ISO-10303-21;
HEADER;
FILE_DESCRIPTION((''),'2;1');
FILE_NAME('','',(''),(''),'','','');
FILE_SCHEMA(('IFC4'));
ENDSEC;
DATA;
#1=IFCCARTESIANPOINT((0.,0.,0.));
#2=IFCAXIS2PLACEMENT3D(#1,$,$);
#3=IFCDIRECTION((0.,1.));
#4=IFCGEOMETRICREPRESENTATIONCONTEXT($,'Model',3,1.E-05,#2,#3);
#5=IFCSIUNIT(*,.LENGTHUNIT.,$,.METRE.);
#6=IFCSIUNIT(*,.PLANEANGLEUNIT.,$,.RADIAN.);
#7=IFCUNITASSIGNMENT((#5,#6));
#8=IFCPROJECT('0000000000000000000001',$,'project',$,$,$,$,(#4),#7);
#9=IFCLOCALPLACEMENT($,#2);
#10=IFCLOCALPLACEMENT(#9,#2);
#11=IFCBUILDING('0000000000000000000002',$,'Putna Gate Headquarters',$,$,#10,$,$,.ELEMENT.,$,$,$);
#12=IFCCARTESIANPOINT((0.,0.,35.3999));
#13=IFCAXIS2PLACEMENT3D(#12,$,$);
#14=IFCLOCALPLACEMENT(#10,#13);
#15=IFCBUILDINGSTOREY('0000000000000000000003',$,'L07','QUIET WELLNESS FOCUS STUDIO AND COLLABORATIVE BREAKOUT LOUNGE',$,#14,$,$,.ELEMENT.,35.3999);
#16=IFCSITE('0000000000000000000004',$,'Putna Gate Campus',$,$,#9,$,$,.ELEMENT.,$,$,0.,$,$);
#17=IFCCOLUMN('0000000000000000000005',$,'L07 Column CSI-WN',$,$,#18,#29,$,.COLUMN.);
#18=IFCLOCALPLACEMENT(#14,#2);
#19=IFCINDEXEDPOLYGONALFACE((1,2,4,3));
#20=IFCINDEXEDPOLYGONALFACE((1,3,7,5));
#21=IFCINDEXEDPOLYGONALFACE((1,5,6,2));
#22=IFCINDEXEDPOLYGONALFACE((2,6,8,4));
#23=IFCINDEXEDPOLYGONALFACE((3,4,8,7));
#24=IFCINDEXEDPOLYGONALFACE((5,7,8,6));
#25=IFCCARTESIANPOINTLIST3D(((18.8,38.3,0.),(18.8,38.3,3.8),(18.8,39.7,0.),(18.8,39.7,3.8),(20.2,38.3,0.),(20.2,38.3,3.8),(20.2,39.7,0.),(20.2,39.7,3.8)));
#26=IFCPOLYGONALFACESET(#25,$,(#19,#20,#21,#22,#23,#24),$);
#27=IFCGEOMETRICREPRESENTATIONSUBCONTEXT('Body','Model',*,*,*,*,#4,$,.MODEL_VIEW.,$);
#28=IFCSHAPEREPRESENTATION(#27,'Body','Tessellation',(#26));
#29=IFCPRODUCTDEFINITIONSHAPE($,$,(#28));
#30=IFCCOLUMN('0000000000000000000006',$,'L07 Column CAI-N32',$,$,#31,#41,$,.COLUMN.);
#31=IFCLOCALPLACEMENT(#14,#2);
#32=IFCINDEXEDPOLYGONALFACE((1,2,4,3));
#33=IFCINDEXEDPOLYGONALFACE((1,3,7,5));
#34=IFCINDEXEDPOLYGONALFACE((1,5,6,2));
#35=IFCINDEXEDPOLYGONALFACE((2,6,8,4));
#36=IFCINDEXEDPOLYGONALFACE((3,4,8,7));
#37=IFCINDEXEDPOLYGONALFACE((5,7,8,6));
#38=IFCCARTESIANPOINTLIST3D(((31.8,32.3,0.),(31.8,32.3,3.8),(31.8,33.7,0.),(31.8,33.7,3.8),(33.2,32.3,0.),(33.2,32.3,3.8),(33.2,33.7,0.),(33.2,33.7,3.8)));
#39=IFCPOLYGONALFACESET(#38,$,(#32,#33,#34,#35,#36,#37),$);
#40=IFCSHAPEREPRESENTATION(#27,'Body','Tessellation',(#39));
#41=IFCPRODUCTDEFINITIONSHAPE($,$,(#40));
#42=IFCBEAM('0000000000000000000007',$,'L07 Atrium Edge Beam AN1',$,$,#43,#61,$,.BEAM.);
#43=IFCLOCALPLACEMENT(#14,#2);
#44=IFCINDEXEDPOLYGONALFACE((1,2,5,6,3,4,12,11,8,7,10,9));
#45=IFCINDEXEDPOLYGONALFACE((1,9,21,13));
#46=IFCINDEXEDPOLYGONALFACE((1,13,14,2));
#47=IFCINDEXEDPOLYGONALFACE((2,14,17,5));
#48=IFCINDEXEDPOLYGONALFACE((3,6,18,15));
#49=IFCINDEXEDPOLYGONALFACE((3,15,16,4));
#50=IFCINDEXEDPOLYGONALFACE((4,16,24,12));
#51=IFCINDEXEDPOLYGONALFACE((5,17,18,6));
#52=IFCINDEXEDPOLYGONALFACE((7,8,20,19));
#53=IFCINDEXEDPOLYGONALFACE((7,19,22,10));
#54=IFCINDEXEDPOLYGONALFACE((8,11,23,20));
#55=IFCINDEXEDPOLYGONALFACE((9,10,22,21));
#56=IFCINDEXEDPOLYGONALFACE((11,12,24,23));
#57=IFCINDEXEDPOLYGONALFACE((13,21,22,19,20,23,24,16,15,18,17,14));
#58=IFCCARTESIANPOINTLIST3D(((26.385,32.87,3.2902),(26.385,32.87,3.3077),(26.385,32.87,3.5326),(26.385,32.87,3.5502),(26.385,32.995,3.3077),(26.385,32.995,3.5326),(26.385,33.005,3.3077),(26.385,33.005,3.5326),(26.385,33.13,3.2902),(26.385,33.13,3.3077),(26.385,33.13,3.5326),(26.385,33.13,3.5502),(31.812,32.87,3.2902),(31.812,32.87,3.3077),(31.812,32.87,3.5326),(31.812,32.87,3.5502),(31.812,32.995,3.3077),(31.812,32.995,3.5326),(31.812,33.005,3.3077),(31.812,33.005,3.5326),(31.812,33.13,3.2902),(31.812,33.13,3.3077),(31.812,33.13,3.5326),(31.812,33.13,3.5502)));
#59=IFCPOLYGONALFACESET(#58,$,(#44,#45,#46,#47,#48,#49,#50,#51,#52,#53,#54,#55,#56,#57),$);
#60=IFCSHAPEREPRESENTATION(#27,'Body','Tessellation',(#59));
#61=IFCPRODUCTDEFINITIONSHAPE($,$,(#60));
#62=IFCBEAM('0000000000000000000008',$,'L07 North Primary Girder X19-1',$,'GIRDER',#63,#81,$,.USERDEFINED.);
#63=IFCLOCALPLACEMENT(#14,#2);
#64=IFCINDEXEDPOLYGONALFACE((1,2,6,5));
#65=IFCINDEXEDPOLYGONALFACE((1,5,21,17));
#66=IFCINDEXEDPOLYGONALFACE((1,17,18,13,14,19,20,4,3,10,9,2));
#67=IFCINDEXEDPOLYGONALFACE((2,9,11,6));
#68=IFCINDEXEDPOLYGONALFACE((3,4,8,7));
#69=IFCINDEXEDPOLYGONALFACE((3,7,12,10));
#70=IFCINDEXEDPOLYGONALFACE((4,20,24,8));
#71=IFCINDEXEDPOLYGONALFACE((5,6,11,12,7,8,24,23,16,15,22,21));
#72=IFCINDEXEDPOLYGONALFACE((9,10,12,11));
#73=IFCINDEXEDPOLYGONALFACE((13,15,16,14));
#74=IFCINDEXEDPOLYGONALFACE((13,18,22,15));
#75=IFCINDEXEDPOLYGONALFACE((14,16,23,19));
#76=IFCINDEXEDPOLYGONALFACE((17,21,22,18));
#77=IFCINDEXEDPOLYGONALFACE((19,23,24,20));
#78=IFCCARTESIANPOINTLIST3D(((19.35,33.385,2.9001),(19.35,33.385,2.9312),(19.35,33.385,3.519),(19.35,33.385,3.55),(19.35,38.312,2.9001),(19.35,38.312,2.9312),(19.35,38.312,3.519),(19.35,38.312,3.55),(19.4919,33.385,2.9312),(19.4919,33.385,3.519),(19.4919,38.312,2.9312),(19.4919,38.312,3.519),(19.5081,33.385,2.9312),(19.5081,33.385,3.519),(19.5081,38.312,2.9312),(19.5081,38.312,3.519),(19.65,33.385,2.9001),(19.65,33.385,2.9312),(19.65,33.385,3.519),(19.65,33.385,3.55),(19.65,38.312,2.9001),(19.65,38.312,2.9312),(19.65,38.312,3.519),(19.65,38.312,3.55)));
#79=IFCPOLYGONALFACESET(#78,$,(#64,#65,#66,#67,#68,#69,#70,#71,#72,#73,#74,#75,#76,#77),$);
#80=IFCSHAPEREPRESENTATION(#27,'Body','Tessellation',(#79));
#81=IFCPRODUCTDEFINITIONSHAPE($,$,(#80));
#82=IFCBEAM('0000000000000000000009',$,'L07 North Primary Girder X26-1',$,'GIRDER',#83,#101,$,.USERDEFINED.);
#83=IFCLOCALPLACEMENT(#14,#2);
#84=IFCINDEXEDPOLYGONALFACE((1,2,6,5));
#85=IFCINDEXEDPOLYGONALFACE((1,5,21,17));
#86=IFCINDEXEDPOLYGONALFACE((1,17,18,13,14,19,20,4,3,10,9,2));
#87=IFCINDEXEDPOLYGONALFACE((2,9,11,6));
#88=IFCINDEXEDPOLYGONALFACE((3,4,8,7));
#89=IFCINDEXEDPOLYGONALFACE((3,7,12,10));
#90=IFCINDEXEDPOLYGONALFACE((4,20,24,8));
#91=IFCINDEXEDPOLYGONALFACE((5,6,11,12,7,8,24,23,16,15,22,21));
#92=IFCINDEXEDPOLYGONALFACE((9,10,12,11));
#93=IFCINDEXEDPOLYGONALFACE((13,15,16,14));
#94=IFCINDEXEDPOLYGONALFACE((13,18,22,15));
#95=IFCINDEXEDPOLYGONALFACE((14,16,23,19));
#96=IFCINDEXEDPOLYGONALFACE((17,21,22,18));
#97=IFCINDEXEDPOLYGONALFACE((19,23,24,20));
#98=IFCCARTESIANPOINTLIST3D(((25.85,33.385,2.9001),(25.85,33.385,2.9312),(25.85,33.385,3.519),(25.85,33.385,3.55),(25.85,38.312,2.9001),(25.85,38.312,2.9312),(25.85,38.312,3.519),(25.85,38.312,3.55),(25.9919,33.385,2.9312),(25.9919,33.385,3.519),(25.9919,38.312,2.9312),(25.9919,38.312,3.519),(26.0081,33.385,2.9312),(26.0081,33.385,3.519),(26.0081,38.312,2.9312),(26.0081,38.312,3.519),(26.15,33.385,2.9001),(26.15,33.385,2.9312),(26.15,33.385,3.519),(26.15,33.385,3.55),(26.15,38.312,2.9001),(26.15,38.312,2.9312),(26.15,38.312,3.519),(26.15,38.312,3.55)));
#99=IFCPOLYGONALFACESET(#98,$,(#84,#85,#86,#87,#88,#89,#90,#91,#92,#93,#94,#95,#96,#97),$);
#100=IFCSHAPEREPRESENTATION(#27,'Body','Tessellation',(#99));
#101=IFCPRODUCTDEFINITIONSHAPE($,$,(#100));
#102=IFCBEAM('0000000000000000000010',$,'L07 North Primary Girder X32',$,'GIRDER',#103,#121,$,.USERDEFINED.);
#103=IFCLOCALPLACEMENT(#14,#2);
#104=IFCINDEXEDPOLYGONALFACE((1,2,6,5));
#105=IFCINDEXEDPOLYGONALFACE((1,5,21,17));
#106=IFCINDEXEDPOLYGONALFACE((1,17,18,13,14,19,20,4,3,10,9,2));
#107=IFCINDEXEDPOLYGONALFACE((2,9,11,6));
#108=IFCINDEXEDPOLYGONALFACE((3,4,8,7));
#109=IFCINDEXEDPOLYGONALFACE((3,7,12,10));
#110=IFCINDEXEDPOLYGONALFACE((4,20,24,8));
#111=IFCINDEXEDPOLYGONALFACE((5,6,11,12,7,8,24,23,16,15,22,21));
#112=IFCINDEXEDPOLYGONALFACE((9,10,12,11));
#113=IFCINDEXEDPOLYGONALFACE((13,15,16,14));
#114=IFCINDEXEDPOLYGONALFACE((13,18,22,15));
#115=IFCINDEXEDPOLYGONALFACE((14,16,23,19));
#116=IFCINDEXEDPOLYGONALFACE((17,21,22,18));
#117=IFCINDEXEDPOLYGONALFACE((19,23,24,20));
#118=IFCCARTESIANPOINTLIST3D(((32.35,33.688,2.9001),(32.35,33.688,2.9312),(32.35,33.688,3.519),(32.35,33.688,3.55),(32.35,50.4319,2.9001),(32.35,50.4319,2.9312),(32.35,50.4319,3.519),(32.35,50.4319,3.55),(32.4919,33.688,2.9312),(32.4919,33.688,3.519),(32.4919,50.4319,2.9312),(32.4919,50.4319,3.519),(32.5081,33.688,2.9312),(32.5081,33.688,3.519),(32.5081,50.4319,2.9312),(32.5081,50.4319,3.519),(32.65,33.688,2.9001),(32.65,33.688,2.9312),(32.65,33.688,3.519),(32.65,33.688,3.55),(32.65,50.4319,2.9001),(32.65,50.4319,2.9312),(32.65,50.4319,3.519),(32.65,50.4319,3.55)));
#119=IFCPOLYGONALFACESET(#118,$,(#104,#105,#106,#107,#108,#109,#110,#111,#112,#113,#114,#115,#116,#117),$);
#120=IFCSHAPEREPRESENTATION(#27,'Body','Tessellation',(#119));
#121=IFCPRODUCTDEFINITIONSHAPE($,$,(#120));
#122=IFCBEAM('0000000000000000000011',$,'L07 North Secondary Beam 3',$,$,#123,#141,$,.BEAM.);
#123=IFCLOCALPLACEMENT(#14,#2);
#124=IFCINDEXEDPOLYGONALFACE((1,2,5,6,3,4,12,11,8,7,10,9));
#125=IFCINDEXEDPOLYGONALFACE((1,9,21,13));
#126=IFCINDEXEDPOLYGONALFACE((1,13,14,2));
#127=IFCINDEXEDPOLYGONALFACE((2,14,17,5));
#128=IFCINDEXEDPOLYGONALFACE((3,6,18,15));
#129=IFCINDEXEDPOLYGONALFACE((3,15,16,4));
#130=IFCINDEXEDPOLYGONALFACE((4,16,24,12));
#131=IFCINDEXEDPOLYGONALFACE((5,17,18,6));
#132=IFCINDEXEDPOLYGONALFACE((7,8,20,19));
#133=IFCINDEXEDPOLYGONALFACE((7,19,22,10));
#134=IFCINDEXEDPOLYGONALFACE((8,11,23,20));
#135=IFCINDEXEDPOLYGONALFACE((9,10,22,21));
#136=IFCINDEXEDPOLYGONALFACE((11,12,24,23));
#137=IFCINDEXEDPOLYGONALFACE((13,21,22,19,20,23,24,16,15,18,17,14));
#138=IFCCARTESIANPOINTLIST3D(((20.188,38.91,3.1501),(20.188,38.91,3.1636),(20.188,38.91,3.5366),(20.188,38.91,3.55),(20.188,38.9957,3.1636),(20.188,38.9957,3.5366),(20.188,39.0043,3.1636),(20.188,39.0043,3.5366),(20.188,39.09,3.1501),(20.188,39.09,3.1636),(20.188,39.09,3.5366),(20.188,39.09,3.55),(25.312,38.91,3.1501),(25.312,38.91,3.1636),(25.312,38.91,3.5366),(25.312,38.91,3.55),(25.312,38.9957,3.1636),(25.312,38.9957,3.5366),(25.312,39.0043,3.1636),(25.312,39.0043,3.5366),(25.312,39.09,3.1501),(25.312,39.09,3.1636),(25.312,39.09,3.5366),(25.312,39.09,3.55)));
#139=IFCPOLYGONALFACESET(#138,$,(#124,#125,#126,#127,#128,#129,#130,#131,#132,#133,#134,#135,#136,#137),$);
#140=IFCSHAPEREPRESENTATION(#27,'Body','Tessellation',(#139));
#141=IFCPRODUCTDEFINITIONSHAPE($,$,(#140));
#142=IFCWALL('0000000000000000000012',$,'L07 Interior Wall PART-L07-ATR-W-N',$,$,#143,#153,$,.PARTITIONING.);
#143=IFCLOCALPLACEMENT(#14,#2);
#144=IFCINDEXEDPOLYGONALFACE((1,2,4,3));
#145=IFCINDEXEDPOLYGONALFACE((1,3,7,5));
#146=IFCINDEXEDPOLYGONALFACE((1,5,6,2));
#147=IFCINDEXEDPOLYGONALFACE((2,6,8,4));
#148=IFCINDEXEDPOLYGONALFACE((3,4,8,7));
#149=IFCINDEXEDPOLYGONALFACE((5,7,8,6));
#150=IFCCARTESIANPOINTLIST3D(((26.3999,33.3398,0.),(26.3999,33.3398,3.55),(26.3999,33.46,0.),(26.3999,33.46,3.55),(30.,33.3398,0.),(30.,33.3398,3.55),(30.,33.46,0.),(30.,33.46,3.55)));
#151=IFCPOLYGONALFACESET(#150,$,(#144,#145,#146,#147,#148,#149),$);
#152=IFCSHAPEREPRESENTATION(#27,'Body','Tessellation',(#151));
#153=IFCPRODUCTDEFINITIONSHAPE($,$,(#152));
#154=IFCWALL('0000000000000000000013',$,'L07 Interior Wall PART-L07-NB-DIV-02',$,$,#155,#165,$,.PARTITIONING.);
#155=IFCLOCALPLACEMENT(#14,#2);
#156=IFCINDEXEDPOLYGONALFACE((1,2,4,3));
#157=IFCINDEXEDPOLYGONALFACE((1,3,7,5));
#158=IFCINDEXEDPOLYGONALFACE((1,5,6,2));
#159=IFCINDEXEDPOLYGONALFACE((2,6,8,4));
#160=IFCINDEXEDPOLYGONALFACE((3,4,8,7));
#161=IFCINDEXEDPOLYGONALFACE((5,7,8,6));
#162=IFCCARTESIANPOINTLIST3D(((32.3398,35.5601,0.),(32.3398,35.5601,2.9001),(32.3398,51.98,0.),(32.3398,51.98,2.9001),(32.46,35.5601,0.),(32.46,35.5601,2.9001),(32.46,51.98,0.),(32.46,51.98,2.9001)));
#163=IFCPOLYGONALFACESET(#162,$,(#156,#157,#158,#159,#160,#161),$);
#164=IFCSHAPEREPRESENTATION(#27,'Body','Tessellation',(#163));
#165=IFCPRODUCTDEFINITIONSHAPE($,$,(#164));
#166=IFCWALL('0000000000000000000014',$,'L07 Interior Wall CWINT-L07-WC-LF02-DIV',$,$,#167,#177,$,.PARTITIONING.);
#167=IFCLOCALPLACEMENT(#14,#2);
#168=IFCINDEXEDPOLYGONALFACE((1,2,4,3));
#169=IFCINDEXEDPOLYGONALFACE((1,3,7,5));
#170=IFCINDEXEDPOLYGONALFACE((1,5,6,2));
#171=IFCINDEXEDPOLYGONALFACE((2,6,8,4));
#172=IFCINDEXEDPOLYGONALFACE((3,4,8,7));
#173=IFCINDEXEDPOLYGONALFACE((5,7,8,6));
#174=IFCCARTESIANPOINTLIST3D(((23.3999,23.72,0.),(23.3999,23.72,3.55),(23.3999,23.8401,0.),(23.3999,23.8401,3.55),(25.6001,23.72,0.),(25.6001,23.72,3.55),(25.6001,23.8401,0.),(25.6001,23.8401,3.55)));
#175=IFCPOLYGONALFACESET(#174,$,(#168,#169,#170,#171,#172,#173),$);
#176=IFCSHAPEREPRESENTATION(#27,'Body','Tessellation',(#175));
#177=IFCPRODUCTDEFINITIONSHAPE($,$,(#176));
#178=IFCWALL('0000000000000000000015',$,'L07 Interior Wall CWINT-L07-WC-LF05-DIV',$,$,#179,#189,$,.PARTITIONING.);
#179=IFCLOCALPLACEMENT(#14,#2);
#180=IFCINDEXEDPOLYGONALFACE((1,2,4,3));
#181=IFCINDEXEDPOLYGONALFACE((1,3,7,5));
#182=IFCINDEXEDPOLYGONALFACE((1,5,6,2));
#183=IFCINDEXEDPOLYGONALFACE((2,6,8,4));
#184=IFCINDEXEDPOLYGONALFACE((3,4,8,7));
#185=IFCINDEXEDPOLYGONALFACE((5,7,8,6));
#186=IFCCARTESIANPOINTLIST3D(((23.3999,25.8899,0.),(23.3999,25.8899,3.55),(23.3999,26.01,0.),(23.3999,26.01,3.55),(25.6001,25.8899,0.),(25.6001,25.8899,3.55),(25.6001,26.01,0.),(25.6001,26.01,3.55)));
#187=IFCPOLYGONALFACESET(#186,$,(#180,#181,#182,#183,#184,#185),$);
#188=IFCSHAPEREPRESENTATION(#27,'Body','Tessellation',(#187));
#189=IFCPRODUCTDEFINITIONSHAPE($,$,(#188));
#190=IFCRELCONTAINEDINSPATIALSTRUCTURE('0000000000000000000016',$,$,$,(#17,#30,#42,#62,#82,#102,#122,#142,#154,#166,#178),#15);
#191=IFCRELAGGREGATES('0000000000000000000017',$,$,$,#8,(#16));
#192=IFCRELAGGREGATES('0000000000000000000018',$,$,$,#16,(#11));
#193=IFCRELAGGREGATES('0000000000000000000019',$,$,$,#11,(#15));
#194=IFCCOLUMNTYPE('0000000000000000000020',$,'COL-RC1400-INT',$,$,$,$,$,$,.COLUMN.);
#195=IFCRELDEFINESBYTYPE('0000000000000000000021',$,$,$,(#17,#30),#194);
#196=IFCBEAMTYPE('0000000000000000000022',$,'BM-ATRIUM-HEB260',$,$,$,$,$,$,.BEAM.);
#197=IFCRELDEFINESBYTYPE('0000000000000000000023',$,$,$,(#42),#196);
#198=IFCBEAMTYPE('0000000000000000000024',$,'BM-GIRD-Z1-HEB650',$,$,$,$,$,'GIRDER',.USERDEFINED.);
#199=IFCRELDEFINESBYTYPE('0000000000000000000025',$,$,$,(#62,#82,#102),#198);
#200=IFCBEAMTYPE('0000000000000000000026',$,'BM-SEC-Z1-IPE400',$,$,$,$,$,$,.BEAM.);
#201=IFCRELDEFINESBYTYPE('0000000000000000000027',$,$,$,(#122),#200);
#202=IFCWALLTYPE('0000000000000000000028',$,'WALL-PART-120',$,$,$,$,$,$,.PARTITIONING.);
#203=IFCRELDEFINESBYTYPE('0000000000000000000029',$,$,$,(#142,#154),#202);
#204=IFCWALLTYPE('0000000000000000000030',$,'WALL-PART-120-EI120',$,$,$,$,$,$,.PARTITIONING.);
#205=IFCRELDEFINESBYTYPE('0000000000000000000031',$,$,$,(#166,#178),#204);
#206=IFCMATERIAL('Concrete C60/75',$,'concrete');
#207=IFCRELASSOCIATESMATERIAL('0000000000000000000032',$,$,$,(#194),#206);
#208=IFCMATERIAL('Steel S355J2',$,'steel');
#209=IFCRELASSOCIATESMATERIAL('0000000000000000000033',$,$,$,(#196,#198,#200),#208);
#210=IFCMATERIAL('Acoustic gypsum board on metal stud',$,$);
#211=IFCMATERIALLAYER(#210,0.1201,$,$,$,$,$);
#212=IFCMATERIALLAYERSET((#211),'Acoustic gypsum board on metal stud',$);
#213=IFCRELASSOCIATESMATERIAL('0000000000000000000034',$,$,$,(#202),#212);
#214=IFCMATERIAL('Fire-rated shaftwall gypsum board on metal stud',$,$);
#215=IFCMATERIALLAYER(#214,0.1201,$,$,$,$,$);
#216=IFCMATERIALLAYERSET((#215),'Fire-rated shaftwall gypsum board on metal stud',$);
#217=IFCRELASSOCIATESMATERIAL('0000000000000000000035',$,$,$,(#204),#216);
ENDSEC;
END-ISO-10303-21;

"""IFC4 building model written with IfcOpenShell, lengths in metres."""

from ifc_helpers import new_model, si_unit, direction, frame, frame_2d, origin, origin_2d, place, context, subcontext, project, spatial, rectangle, i_section, extrude, material, layer, layer_set, material_profile, profile_set, type_object, element, save


model = new_model("IFC4")

# Units and contexts
model_context = context("Model", 3, precision=1e-05, world=origin(), true_north=direction((0.0, 1.0)))
body_context = subcontext(model_context, "Body", "Model", "MODEL_VIEW")
ifc_project = project(units=[si_unit("LENGTHUNIT", "METRE"), si_unit("PLANEANGLEUNIT", "RADIAN")], contexts=[model_context])

# Site, building, storey
site_placement = place(None, origin())
site = spatial("IfcSite", under=ifc_project, at=site_placement, Name="Putna Gate Campus", CompositionType="ELEMENT", RefElevation=0.0)
building_placement = place(site_placement, origin())
building = spatial("IfcBuilding", under=site, at=building_placement, Name="Putna Gate Headquarters", CompositionType="ELEMENT")
storey_placement = place(building_placement, frame((0.0, 0.0, 35.3999)))
storey = spatial("IfcBuildingStorey", under=building, at=storey_placement, Name="L07", Description="QUIET WELLNESS FOCUS STUDIO AND COLLABORATIVE BREAKOUT LOUNGE", CompositionType="ELEMENT", Elevation=35.3999)

# Columns
ifc_material_1 = material(Name="Concrete C60/75", Category="concrete")
ifc_material_profile_1 = material_profile(ifc_material_1, rectangle(XDim=1.3999, YDim=1.3999, at=origin_2d()), Name="Concrete C60/75")
ifc_profile_set_1 = profile_set([ifc_material_profile_1], Name="Concrete C60/75")
column_type = type_object("IfcColumnType", Name="COL-RC1400-INT", PredefinedType="COLUMN", material=ifc_profile_set_1)
for number, where, z_axis, x_axis, name in (
    (1, (19.5, 39.0, 0.0), (0.0, 0.0, 1.0), (1.0, 0.0, 0.0), "L07 Column CSI-WN"),
    (2, (32.5, 33.0, 0.0), (0.0, 0.0, 1.0), (1.0, 0.0, 0.0), "L07 Column CAI-N32"),
):
    element("IfcColumn", number, at=place(storey_placement, frame(where, z_axis=z_axis, x_axis=x_axis)), inside=storey, type_object=column_type, Name=name, PredefinedType="COLUMN", context=body_context, shape_type="SweptSolid", body=[
        extrude(rectangle(XDim=1.3999, YDim=1.3999, at=origin_2d()), origin(), (0.0, 0.0, 1.0), 3.8),
    ])

# Beams
ifc_material_2 = material(Name="Steel S355J2", Category="steel")
ifc_material_profile_2 = material_profile(ifc_material_2, i_section(OverallWidth=0.26, OverallDepth=0.26, WebThickness=0.01, FlangeThickness=0.0176, at=origin_2d()), Name="Steel S355J2")
ifc_profile_set_2 = profile_set([ifc_material_profile_2], Name="Steel S355J2")
beam_type_1 = type_object("IfcBeamType", Name="BM-ATRIUM-HEB260", PredefinedType="BEAM", material=ifc_profile_set_2)
beam_1_placement = place(storey_placement, frame((26.385, 33.0, 3.4202), z_axis=(1.0, 0.0, 0.0), x_axis=(0.0, 1.0, 0.0)))
element("IfcBeam", 3, at=beam_1_placement, inside=storey, type_object=beam_type_1, Name="L07 Atrium Edge Beam AN1", PredefinedType="BEAM", context=body_context, shape_type="SweptSolid", body=[
    extrude(i_section(OverallWidth=0.26, OverallDepth=0.26, WebThickness=0.01, FlangeThickness=0.0176, at=origin_2d()), origin(), (0.0, 0.0, 1.0), 5.427),
])
ifc_material_profile_3 = material_profile(ifc_material_2, i_section(OverallWidth=0.3, OverallDepth=0.6499, WebThickness=0.0161, FlangeThickness=0.031, at=origin_2d()), Name="Steel S355J2")
ifc_profile_set_3 = profile_set([ifc_material_profile_3], Name="Steel S355J2")
beam_type_2 = type_object("IfcBeamType", Name="BM-GIRD-Z1-HEB650", ElementType="GIRDER", PredefinedType="USERDEFINED", material=ifc_profile_set_3)
for number, where, z_axis, x_axis, name in (
    (4, (19.5, 33.385, 3.2251), (0.0, 1.0, 0.0), (-1.0, 0.0, 0.0), "L07 North Primary Girder X19-1"),
    (5, (26.0, 33.385, 3.2251), (0.0, 1.0, 0.0), (-1.0, 0.0, 0.0), "L07 North Primary Girder X26-1"),
):
    element("IfcBeam", number, at=place(storey_placement, frame(where, z_axis=z_axis, x_axis=x_axis)), inside=storey, type_object=beam_type_2, Name=name, ObjectType="GIRDER", PredefinedType="USERDEFINED", context=body_context, shape_type="SweptSolid", body=[
        extrude(i_section(OverallWidth=0.3, OverallDepth=0.6499, WebThickness=0.0161, FlangeThickness=0.031, at=origin_2d()), origin(), (0.0, 0.0, 1.0), 4.927),
    ])
beam_2_placement = place(storey_placement, frame((32.5, 33.688, 3.2251), z_axis=(0.0, 1.0, 0.0), x_axis=(-1.0, 0.0, 0.0)))
element("IfcBeam", 6, at=beam_2_placement, inside=storey, type_object=beam_type_2, Name="L07 North Primary Girder X32", ObjectType="GIRDER", PredefinedType="USERDEFINED", context=body_context, shape_type="SweptSolid", body=[
    extrude(i_section(OverallWidth=0.3, OverallDepth=0.6499, WebThickness=0.0161, FlangeThickness=0.031, at=origin_2d()), origin(), (0.0, 0.0, 1.0), 16.7439),
])
ifc_material_profile_4 = material_profile(ifc_material_2, i_section(OverallWidth=0.1799, OverallDepth=0.3999, WebThickness=0.0085, FlangeThickness=0.0134, at=origin_2d()), Name="Steel S355J2")
ifc_profile_set_4 = profile_set([ifc_material_profile_4], Name="Steel S355J2")
beam_type_3 = type_object("IfcBeamType", Name="BM-SEC-Z1-IPE400", PredefinedType="BEAM", material=ifc_profile_set_4)
beam_3_placement = place(storey_placement, frame((20.188, 39.0, 3.3501), z_axis=(1.0, 0.0, 0.0), x_axis=(0.0, 1.0, 0.0)))
element("IfcBeam", 7, at=beam_3_placement, inside=storey, type_object=beam_type_3, Name="L07 North Secondary Beam 3", PredefinedType="BEAM", context=body_context, shape_type="SweptSolid", body=[
    extrude(i_section(OverallWidth=0.1799, OverallDepth=0.3999, WebThickness=0.0085, FlangeThickness=0.0134, at=origin_2d()), origin(), (0.0, 0.0, 1.0), 5.124),
])

# Walls
ifc_material_3 = material(Name="Acoustic gypsum board on metal stud")
ifc_layer_1 = layer(ifc_material_3, 0.1201)
ifc_layer_set_1 = layer_set([ifc_layer_1], Name="Acoustic gypsum board on metal stud")
wall_type_1 = type_object("IfcWallType", Name="WALL-PART-120", PredefinedType="PARTITIONING", material=ifc_layer_set_1)
wall_1_placement = place(storey_placement, frame((26.3999, 33.3999, 0.0), z_axis=(0.0, 0.0, 1.0), x_axis=(1.0, 0.0, 0.0)))
element("IfcWall", 8, at=wall_1_placement, inside=storey, type_object=wall_type_1, Name="L07 Interior Wall PART-L07-ATR-W-N", PredefinedType="PARTITIONING", context=body_context, shape_type="SweptSolid", body=[
    extrude(rectangle(XDim=3.6001, YDim=0.1201, at=frame_2d((1.8, 0.0))), origin(), (0.0, 0.0, 1.0), 3.55),
])
wall_2_placement = place(storey_placement, frame((32.3999, 35.5601, 0.0), z_axis=(0.0, 0.0, 1.0), x_axis=(0.0, 1.0, 0.0)))
element("IfcWall", 9, at=wall_2_placement, inside=storey, type_object=wall_type_1, Name="L07 Interior Wall PART-L07-NB-DIV-02", PredefinedType="PARTITIONING", context=body_context, shape_type="SweptSolid", body=[
    extrude(rectangle(XDim=16.4199, YDim=0.1201, at=frame_2d((8.21, 0.0))), origin(), (0.0, 0.0, 1.0), 2.9001),
])
ifc_material_4 = material(Name="Fire-rated shaftwall gypsum board on metal stud")
ifc_layer_2 = layer(ifc_material_4, 0.1201)
ifc_layer_set_2 = layer_set([ifc_layer_2], Name="Fire-rated shaftwall gypsum board on metal stud")
wall_type_2 = type_object("IfcWallType", Name="WALL-PART-120-EI120", PredefinedType="PARTITIONING", material=ifc_layer_set_2)
for number, where, z_axis, x_axis, name in (
    (10, (23.3999, 23.78, 0.0), (0.0, 0.0, 1.0), (1.0, 0.0, 0.0), "L07 Interior Wall CWINT-L07-WC-LF02-DIV"),
    (11, (23.3999, 25.95, 0.0), (0.0, 0.0, 1.0), (1.0, 0.0, 0.0), "L07 Interior Wall CWINT-L07-WC-LF05-DIV"),
):
    element("IfcWall", number, at=place(storey_placement, frame(where, z_axis=z_axis, x_axis=x_axis)), inside=storey, type_object=wall_type_2, Name=name, PredefinedType="PARTITIONING", context=body_context, shape_type="SweptSolid", body=[
        extrude(rectangle(XDim=2.2002, YDim=0.1201, at=frame_2d((1.1001, 0.0))), origin(), (0.0, 0.0, 1.0), 3.55),
    ])

save(model, "model.ifc")
